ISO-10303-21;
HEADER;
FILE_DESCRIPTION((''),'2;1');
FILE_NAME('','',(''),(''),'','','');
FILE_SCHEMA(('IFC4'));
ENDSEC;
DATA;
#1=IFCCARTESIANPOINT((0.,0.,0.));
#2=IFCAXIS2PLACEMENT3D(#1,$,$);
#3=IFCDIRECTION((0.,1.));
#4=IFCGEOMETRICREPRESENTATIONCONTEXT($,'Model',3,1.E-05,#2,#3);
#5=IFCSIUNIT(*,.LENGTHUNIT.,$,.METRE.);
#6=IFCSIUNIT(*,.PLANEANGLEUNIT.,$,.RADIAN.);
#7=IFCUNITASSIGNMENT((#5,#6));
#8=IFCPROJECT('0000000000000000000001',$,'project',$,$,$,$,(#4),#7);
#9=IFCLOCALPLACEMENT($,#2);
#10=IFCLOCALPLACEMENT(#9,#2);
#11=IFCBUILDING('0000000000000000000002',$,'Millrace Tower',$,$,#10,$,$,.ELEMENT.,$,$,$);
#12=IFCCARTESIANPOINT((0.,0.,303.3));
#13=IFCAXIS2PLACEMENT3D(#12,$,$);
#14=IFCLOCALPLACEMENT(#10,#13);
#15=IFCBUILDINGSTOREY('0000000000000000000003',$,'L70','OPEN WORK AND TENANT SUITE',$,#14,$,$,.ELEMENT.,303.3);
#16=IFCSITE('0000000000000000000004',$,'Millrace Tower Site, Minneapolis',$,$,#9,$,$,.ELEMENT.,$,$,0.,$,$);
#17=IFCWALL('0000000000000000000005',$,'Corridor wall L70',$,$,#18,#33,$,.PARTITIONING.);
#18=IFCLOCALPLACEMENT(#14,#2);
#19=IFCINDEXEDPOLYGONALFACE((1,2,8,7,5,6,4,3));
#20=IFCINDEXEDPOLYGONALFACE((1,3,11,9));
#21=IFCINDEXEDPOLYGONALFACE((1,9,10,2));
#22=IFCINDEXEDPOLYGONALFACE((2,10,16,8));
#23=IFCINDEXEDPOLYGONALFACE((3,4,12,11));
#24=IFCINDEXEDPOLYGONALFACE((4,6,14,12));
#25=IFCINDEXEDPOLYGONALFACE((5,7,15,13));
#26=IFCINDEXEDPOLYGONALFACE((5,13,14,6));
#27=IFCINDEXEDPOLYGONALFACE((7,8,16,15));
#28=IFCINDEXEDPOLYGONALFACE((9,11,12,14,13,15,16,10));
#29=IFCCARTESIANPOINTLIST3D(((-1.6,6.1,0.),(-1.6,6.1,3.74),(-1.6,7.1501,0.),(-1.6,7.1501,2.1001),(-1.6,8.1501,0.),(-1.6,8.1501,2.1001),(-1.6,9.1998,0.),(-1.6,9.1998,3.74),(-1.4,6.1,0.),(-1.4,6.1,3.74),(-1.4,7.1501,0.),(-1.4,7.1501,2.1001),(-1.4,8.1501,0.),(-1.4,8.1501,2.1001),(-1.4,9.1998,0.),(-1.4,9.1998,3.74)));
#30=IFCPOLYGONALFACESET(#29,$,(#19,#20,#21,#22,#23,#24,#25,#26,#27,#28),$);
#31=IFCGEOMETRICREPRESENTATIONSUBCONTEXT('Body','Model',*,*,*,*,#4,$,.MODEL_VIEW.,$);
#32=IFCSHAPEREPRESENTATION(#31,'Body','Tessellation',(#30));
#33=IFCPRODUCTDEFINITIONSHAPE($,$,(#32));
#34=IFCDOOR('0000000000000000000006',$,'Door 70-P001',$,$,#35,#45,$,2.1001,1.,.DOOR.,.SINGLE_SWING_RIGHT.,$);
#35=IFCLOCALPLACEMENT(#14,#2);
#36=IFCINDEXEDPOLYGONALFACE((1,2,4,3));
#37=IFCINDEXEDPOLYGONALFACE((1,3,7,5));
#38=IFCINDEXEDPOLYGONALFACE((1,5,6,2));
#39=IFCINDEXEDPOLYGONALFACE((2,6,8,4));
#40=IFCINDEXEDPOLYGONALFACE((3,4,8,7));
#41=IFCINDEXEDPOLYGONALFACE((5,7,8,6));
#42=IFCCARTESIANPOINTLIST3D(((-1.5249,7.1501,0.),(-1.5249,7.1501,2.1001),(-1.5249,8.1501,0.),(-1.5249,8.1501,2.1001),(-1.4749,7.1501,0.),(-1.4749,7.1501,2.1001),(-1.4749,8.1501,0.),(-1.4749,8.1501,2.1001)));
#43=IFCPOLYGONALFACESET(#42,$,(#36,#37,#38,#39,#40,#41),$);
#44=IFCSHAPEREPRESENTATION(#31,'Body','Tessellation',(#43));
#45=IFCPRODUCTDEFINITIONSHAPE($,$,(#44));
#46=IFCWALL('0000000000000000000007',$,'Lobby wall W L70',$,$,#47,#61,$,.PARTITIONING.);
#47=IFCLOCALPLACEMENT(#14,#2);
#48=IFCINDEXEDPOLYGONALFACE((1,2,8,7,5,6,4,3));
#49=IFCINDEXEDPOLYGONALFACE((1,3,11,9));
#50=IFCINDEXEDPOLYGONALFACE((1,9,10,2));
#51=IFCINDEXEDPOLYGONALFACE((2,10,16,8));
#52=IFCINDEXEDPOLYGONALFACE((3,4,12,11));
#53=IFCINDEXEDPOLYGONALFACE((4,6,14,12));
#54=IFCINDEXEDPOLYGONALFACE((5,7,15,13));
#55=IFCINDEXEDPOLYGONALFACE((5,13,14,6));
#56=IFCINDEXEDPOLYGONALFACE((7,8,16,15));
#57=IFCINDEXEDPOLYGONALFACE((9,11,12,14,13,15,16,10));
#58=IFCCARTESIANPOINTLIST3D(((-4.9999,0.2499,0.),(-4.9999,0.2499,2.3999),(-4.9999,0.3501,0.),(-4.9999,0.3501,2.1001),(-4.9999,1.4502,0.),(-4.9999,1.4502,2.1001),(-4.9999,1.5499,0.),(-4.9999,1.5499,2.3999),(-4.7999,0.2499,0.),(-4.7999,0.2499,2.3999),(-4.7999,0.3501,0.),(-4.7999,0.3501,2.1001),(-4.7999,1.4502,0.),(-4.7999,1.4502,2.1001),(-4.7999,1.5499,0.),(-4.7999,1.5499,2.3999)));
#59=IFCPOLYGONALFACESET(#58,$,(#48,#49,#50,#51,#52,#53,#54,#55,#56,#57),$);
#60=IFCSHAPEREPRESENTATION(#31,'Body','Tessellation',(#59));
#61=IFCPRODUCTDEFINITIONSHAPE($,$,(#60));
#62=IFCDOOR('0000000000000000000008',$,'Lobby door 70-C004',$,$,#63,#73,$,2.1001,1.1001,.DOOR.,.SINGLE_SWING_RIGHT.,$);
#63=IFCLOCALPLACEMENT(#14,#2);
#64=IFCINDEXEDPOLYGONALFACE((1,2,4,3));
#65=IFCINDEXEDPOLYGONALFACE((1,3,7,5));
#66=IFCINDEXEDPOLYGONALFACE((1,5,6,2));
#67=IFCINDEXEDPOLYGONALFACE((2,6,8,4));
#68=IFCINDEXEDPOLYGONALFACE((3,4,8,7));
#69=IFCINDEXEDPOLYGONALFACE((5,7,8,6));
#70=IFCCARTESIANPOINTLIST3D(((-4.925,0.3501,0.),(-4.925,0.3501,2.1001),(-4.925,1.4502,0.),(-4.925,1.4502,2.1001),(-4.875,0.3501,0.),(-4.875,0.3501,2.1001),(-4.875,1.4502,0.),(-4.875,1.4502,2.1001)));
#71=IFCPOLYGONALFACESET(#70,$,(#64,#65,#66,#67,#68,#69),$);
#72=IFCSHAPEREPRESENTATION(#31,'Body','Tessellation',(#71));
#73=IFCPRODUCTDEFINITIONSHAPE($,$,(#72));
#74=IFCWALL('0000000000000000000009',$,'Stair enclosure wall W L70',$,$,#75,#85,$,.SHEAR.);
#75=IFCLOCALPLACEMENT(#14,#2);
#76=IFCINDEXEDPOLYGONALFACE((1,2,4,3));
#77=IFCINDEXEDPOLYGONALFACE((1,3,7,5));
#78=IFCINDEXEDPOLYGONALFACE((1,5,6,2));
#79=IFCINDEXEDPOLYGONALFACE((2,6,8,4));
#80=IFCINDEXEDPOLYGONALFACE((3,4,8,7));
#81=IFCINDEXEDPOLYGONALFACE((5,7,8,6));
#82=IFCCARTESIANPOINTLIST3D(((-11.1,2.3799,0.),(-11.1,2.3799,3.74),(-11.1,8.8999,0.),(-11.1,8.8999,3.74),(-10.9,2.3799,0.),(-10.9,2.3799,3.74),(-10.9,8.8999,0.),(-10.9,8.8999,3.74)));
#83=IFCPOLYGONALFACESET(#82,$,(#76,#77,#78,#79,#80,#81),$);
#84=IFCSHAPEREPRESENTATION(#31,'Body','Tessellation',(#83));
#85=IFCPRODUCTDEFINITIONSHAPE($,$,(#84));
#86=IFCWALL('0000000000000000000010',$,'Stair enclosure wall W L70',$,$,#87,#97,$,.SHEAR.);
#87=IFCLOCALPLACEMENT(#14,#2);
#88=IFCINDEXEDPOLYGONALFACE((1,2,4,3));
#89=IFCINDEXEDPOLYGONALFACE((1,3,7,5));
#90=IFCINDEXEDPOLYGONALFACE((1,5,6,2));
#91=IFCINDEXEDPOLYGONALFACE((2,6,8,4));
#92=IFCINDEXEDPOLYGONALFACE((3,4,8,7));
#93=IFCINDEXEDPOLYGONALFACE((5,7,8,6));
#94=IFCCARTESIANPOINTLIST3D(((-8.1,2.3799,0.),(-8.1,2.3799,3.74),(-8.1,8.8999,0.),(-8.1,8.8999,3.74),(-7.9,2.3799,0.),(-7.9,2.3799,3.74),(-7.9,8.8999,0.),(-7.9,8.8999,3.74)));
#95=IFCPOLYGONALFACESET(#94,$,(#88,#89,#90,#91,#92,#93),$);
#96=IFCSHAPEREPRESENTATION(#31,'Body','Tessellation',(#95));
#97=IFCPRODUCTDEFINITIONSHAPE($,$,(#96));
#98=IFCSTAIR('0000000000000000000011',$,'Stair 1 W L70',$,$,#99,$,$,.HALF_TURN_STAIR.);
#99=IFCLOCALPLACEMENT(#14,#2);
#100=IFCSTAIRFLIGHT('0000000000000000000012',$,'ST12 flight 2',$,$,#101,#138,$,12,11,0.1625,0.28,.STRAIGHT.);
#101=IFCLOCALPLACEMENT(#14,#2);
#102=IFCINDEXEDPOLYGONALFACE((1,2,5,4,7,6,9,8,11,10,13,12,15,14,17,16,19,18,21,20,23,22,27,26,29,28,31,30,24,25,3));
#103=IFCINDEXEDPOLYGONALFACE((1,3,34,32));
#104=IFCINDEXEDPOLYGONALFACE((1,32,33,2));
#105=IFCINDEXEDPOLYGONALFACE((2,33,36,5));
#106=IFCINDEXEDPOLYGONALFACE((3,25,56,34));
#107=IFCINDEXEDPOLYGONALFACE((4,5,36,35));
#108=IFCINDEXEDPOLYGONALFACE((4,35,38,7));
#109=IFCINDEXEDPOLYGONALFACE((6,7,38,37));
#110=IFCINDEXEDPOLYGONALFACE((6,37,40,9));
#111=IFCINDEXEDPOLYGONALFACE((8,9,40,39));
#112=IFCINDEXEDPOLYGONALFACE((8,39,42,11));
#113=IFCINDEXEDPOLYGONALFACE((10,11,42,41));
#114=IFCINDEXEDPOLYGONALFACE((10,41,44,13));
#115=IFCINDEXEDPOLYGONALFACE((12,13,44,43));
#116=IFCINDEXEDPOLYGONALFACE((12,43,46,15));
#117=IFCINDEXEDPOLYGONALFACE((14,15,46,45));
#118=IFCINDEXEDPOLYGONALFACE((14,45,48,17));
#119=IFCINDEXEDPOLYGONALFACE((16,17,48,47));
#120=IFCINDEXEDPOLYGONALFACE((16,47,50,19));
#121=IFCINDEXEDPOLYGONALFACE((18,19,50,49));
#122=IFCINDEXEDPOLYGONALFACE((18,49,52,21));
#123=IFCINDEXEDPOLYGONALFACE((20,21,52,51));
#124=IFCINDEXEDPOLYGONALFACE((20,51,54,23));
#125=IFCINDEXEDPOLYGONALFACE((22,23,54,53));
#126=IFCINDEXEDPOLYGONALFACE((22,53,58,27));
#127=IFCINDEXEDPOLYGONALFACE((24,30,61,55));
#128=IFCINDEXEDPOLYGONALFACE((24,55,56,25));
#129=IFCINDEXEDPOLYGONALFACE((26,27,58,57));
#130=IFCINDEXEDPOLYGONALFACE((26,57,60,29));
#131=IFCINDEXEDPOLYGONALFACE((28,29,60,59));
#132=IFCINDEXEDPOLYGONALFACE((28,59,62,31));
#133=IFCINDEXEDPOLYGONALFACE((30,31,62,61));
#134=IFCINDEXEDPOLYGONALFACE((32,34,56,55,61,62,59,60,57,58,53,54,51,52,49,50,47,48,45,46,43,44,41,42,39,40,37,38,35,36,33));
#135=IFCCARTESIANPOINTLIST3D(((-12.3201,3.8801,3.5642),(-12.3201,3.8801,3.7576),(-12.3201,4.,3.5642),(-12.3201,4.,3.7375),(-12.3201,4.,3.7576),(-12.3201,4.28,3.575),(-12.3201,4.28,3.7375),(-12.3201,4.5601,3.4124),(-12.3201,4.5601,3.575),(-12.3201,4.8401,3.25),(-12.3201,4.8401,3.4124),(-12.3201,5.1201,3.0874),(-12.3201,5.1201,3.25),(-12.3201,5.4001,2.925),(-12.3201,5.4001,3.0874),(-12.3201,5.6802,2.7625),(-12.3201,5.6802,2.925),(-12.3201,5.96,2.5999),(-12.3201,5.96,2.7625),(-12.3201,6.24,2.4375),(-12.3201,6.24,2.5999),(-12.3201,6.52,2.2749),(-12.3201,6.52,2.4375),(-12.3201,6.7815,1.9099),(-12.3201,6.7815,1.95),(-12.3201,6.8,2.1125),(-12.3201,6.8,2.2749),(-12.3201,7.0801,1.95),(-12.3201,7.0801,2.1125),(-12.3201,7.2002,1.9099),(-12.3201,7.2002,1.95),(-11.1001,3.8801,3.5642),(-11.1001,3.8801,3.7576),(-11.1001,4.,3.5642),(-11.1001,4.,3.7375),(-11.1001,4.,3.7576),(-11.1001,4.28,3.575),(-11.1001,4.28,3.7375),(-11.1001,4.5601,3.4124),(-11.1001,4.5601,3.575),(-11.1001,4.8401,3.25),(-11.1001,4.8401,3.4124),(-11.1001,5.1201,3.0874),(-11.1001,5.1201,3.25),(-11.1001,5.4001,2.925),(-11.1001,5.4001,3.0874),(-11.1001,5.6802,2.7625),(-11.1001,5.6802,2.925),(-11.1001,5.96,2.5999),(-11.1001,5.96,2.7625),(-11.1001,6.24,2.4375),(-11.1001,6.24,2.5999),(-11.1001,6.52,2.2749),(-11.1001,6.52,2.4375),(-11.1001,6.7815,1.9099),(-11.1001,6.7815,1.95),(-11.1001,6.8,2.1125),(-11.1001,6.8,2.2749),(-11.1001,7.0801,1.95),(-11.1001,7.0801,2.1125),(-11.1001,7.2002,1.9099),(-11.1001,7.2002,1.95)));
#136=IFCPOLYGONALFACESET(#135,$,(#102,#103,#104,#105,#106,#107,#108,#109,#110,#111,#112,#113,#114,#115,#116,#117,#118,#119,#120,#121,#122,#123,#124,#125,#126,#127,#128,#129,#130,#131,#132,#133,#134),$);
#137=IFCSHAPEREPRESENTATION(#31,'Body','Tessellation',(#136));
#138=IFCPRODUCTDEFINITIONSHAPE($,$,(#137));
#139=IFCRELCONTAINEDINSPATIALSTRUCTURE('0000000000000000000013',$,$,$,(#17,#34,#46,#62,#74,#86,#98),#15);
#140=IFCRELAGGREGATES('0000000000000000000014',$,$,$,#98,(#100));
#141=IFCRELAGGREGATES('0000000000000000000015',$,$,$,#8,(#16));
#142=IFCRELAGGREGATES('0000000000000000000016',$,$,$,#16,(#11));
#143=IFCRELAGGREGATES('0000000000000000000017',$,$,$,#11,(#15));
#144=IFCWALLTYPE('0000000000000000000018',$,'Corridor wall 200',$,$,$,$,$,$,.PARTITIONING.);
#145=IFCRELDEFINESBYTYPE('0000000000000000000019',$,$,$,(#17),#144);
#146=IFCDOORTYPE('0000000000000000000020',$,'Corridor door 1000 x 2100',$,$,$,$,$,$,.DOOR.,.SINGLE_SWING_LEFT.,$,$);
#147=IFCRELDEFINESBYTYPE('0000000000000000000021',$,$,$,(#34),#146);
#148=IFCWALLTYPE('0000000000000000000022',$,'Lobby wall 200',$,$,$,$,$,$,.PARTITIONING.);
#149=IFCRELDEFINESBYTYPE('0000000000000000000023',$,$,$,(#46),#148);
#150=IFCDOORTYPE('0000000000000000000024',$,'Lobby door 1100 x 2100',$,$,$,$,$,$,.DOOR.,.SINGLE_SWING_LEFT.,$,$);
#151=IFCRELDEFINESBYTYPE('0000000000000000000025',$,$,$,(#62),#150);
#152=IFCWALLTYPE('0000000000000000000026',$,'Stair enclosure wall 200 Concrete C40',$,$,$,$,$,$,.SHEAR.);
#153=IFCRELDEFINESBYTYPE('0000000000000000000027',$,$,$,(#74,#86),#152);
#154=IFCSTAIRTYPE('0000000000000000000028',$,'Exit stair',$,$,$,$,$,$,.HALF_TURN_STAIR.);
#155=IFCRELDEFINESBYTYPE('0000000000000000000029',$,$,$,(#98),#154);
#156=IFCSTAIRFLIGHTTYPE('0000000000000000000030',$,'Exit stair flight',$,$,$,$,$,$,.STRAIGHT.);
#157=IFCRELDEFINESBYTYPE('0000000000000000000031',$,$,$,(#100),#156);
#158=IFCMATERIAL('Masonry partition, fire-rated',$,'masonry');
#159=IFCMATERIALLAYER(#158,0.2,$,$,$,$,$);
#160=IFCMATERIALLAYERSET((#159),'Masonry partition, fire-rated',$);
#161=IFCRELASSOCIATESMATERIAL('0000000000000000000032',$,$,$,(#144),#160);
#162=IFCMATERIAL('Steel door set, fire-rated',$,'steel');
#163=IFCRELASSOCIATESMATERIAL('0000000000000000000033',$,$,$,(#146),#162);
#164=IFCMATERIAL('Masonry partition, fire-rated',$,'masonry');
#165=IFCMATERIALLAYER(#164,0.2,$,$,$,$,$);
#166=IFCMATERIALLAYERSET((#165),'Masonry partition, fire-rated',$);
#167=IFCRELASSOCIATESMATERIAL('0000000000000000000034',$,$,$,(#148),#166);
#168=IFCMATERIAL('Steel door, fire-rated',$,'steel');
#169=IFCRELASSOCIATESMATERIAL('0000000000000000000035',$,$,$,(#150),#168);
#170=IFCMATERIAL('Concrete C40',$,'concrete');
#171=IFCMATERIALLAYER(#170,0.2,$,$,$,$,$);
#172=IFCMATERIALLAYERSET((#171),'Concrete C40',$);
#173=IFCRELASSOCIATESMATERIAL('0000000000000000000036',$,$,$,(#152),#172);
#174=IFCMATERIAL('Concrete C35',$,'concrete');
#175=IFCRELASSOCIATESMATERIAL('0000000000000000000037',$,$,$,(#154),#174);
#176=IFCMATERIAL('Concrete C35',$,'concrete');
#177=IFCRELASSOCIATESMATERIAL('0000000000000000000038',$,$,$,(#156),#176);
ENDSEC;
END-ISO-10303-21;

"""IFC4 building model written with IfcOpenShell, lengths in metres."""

from ifc_helpers import new_model, si_unit, direction, frame, frame_2d, origin, place, context, subcontext, project, spatial, polyline, rectangle, outline, extrude, material, layer, layer_set, type_object, element, fill, aggregate, save


model = new_model("IFC4")

# Units and contexts
model_context = context("Model", 3, precision=1e-05, world=origin(), true_north=direction((0.0, 1.0)))
body_context = subcontext(model_context, "Body", "Model", "MODEL_VIEW")
ifc_project = project(units=[si_unit("LENGTHUNIT", "METRE"), si_unit("PLANEANGLEUNIT", "RADIAN")], contexts=[model_context])

# Site, building, storey
site_placement = place(None, origin())
site = spatial("IfcSite", under=ifc_project, at=site_placement, Name="Millrace Tower Site, Minneapolis", CompositionType="ELEMENT", RefElevation=0.0)
building_placement = place(site_placement, origin())
building = spatial("IfcBuilding", under=site, at=building_placement, Name="Millrace Tower", CompositionType="ELEMENT")
storey_placement = place(building_placement, frame((0.0, 0.0, 303.3)))
storey = spatial("IfcBuildingStorey", under=building, at=storey_placement, Name="L70", Description="OPEN WORK AND TENANT SUITE", CompositionType="ELEMENT", Elevation=303.3)

# Shared definitions
ifc_material_1 = material(Name="Masonry partition, fire-rated", Category="masonry")
ifc_layer_1 = layer(ifc_material_1, 0.2)
ifc_layer_set_1 = layer_set([ifc_layer_1], Name="Masonry partition, fire-rated")
wall_type_1 = type_object("IfcWallType", Name="Corridor wall 200", PredefinedType="PARTITIONING", material=ifc_layer_set_1)

# Walls, openings, doors
wall_1_placement = place(storey_placement, frame((-1.5, 6.1001, 0.0), z_axis=(0.0, 0.0, 1.0), x_axis=(0.0, 1.0, 0.0)))
wall_1 = element("IfcWall", 1, at=wall_1_placement, inside=storey, type_object=wall_type_1, Name="Corridor wall L70", PredefinedType="PARTITIONING", context=body_context, shape_type="SweptSolid", body=[
    extrude(rectangle(XDim=3.0999, YDim=0.2, at=frame_2d((1.5498, 0.0))), origin(), (0.0, 0.0, 1.0), 3.74),
])
opening_1_placement = place(wall_1_placement, frame((1.05, 0.0, 0.0)))
opening_1 = element("IfcOpeningElement", 2, at=opening_1_placement, cuts=wall_1, PredefinedType="OPENING", context=body_context, shape_type="SweptSolid", body=[
    extrude(rectangle(XDim=1.0, YDim=2.1001, at=frame_2d((0.5, 1.05))), frame((0.0, 0.1099, 0.0), z_axis=(0.0, -1.0, 0.0), x_axis=(1.0, 0.0, 0.0)), (0.0, 0.0, 1.0), 0.22),
])
ifc_material_2 = material(Name="Steel door set, fire-rated", Category="steel")
door_type_1 = type_object("IfcDoorType", Name="Corridor door 1000 x 2100", OperationType="SINGLE_SWING_LEFT", PredefinedType="DOOR", material=ifc_material_2)
door_1_placement = place(opening_1_placement, origin())
door_1 = element("IfcDoor", 3, at=door_1_placement, inside=storey, type_object=door_type_1, Name="Door 70-P001", OperationType="SINGLE_SWING_RIGHT", OverallHeight=2.1001, OverallWidth=1.0, PredefinedType="DOOR", context=body_context, shape_type="SweptSolid", body=[
    extrude(rectangle(XDim=1.0, YDim=2.1001, at=frame_2d((0.5, 1.05))), frame((0.0, 0.0249, 0.0), z_axis=(0.0, -1.0, 0.0), x_axis=(1.0, 0.0, 0.0)), (0.0, 0.0, 1.0), 0.05),
])
fill(opening_1, door_1)
ifc_material_3 = material(Name="Masonry partition, fire-rated", Category="masonry")
ifc_layer_2 = layer(ifc_material_3, 0.2)
ifc_layer_set_2 = layer_set([ifc_layer_2], Name="Masonry partition, fire-rated")
wall_type_2 = type_object("IfcWallType", Name="Lobby wall 200", PredefinedType="PARTITIONING", material=ifc_layer_set_2)
wall_2_placement = place(storey_placement, frame((-4.8999, 0.25, 0.0), z_axis=(0.0, 0.0, 1.0), x_axis=(0.0, 1.0, 0.0)))
wall_2 = element("IfcWall", 4, at=wall_2_placement, inside=storey, type_object=wall_type_2, Name="Lobby wall W L70", PredefinedType="PARTITIONING", context=body_context, shape_type="SweptSolid", body=[
    extrude(rectangle(XDim=1.3, YDim=0.2, at=frame_2d((0.6499, 0.0))), origin(), (0.0, 0.0, 1.0), 2.3999),
])
opening_2_placement = place(wall_2_placement, frame((0.1001, 0.0, 0.0)))
opening_2 = element("IfcOpeningElement", 5, at=opening_2_placement, cuts=wall_2, PredefinedType="OPENING", context=body_context, shape_type="SweptSolid", body=[
    extrude(rectangle(XDim=1.1001, YDim=2.1001, at=frame_2d((0.55, 1.05))), frame((0.0, 0.1099, 0.0), z_axis=(0.0, -1.0, 0.0), x_axis=(1.0, 0.0, 0.0)), (0.0, 0.0, 1.0), 0.22),
])
ifc_material_4 = material(Name="Steel door, fire-rated", Category="steel")
door_type_2 = type_object("IfcDoorType", Name="Lobby door 1100 x 2100", OperationType="SINGLE_SWING_LEFT", PredefinedType="DOOR", material=ifc_material_4)
door_2_placement = place(opening_2_placement, frame((1.1001, 0.0, 0.0), z_axis=(0.0, 0.0, 1.0), x_axis=(-1.0, 0.0, 0.0)))
door_2 = element("IfcDoor", 6, at=door_2_placement, inside=storey, type_object=door_type_2, Name="Lobby door 70-C004", OperationType="SINGLE_SWING_RIGHT", OverallHeight=2.1001, OverallWidth=1.1001, PredefinedType="DOOR", context=body_context, shape_type="SweptSolid", body=[
    extrude(rectangle(XDim=1.1001, YDim=2.1001, at=frame_2d((0.55, 1.05))), frame((0.0, 0.0249, 0.0), z_axis=(0.0, -1.0, 0.0), x_axis=(1.0, 0.0, 0.0)), (0.0, 0.0, 1.0), 0.05),
])
fill(opening_2, door_2)

# Walls
ifc_material_5 = material(Name="Concrete C40", Category="concrete")
ifc_layer_3 = layer(ifc_material_5, 0.2)
ifc_layer_set_3 = layer_set([ifc_layer_3], Name="Concrete C40")
wall_type_3 = type_object("IfcWallType", Name="Stair enclosure wall 200 Concrete C40", PredefinedType="SHEAR", material=ifc_layer_set_3)
for number, where, z_axis, x_axis, name in (
    (7, (-11.0, 2.3799, 0.0), (0.0, 0.0, 1.0), (0.0, 1.0, 0.0), "Stair enclosure wall W L70"),
    (8, (-8.0, 2.3799, 0.0), (0.0, 0.0, 1.0), (0.0, 1.0, 0.0), "Stair enclosure wall W L70"),
):
    element("IfcWall", number, at=place(storey_placement, frame(where, z_axis=z_axis, x_axis=x_axis)), inside=storey, type_object=wall_type_3, Name=name, PredefinedType="SHEAR", context=body_context, shape_type="SweptSolid", body=[
        extrude(rectangle(XDim=6.52, YDim=0.2, at=frame_2d((3.26, 0.0))), origin(), (0.0, 0.0, 1.0), 3.74),
    ])

# Stair, stair flight
ifc_material_6 = material(Name="Concrete C35", Category="concrete")
stair_type = type_object("IfcStairType", Name="Exit stair", PredefinedType="HALF_TURN_STAIR", material=ifc_material_6)
placement = place(storey_placement, origin())
stair_1 = element("IfcStair", 9, at=placement, inside=storey, type_object=stair_type, Name="Stair 1 W L70", PredefinedType="HALF_TURN_STAIR")
ifc_material_7 = material(Name="Concrete C35", Category="concrete")
stair_flight_type = type_object("IfcStairFlightType", Name="Exit stair flight", PredefinedType="STRAIGHT", material=ifc_material_7)
stair_flight_1_placement = place(storey_placement, frame((-11.71, 7.0801, 1.95), z_axis=(0.0, 0.0, 1.0), x_axis=(0.0, -1.0, 0.0)))
stair_flight_1 = element("IfcStairFlight", 10, at=stair_flight_1_placement, type_object=stair_flight_type, Name="ST12 flight 2", NumberOfRisers=12, NumberOfTreads=11, PredefinedType="STRAIGHT", RiserHeight=0.1625, TreadLength=0.28, context=body_context, shape_type="SweptSolid", body=[
    extrude(outline(polyline([(-0.1201, -0.04), (-0.1201, 0.0), (0.0, 0.0), (0.0, 0.1626), (0.28, 0.1626), (0.28, 0.325), (0.5601, 0.325), (0.5601, 0.4875), (0.8401, 0.4875), (0.8401, 0.6499), (1.1201, 0.6499), (1.1201, 0.8125), (1.3999, 0.8125), (1.3999, 0.9751), (1.6799, 0.9751), (1.6799, 1.1375), (1.96, 1.1375), (1.96, 1.3), (2.24, 1.3), (2.24, 1.4624), (2.52, 1.4624), (2.52, 1.625), (2.8, 1.625), (2.8, 1.7876), (3.0801, 1.7876), (3.0801, 1.8076), (3.2, 1.8076), (3.2, 1.6143), (3.0801, 1.6143), (0.2986, 0.0), (0.2986, -0.04), (-0.1201, -0.04)])), frame((0.0, 0.6099, 0.0), z_axis=(0.0, -1.0, 0.0), x_axis=(1.0, 0.0, 0.0)), (0.0, 0.0, 1.0), 1.22),
])
aggregate(stair_1, [stair_flight_1])

save(model, "model.ifc")
